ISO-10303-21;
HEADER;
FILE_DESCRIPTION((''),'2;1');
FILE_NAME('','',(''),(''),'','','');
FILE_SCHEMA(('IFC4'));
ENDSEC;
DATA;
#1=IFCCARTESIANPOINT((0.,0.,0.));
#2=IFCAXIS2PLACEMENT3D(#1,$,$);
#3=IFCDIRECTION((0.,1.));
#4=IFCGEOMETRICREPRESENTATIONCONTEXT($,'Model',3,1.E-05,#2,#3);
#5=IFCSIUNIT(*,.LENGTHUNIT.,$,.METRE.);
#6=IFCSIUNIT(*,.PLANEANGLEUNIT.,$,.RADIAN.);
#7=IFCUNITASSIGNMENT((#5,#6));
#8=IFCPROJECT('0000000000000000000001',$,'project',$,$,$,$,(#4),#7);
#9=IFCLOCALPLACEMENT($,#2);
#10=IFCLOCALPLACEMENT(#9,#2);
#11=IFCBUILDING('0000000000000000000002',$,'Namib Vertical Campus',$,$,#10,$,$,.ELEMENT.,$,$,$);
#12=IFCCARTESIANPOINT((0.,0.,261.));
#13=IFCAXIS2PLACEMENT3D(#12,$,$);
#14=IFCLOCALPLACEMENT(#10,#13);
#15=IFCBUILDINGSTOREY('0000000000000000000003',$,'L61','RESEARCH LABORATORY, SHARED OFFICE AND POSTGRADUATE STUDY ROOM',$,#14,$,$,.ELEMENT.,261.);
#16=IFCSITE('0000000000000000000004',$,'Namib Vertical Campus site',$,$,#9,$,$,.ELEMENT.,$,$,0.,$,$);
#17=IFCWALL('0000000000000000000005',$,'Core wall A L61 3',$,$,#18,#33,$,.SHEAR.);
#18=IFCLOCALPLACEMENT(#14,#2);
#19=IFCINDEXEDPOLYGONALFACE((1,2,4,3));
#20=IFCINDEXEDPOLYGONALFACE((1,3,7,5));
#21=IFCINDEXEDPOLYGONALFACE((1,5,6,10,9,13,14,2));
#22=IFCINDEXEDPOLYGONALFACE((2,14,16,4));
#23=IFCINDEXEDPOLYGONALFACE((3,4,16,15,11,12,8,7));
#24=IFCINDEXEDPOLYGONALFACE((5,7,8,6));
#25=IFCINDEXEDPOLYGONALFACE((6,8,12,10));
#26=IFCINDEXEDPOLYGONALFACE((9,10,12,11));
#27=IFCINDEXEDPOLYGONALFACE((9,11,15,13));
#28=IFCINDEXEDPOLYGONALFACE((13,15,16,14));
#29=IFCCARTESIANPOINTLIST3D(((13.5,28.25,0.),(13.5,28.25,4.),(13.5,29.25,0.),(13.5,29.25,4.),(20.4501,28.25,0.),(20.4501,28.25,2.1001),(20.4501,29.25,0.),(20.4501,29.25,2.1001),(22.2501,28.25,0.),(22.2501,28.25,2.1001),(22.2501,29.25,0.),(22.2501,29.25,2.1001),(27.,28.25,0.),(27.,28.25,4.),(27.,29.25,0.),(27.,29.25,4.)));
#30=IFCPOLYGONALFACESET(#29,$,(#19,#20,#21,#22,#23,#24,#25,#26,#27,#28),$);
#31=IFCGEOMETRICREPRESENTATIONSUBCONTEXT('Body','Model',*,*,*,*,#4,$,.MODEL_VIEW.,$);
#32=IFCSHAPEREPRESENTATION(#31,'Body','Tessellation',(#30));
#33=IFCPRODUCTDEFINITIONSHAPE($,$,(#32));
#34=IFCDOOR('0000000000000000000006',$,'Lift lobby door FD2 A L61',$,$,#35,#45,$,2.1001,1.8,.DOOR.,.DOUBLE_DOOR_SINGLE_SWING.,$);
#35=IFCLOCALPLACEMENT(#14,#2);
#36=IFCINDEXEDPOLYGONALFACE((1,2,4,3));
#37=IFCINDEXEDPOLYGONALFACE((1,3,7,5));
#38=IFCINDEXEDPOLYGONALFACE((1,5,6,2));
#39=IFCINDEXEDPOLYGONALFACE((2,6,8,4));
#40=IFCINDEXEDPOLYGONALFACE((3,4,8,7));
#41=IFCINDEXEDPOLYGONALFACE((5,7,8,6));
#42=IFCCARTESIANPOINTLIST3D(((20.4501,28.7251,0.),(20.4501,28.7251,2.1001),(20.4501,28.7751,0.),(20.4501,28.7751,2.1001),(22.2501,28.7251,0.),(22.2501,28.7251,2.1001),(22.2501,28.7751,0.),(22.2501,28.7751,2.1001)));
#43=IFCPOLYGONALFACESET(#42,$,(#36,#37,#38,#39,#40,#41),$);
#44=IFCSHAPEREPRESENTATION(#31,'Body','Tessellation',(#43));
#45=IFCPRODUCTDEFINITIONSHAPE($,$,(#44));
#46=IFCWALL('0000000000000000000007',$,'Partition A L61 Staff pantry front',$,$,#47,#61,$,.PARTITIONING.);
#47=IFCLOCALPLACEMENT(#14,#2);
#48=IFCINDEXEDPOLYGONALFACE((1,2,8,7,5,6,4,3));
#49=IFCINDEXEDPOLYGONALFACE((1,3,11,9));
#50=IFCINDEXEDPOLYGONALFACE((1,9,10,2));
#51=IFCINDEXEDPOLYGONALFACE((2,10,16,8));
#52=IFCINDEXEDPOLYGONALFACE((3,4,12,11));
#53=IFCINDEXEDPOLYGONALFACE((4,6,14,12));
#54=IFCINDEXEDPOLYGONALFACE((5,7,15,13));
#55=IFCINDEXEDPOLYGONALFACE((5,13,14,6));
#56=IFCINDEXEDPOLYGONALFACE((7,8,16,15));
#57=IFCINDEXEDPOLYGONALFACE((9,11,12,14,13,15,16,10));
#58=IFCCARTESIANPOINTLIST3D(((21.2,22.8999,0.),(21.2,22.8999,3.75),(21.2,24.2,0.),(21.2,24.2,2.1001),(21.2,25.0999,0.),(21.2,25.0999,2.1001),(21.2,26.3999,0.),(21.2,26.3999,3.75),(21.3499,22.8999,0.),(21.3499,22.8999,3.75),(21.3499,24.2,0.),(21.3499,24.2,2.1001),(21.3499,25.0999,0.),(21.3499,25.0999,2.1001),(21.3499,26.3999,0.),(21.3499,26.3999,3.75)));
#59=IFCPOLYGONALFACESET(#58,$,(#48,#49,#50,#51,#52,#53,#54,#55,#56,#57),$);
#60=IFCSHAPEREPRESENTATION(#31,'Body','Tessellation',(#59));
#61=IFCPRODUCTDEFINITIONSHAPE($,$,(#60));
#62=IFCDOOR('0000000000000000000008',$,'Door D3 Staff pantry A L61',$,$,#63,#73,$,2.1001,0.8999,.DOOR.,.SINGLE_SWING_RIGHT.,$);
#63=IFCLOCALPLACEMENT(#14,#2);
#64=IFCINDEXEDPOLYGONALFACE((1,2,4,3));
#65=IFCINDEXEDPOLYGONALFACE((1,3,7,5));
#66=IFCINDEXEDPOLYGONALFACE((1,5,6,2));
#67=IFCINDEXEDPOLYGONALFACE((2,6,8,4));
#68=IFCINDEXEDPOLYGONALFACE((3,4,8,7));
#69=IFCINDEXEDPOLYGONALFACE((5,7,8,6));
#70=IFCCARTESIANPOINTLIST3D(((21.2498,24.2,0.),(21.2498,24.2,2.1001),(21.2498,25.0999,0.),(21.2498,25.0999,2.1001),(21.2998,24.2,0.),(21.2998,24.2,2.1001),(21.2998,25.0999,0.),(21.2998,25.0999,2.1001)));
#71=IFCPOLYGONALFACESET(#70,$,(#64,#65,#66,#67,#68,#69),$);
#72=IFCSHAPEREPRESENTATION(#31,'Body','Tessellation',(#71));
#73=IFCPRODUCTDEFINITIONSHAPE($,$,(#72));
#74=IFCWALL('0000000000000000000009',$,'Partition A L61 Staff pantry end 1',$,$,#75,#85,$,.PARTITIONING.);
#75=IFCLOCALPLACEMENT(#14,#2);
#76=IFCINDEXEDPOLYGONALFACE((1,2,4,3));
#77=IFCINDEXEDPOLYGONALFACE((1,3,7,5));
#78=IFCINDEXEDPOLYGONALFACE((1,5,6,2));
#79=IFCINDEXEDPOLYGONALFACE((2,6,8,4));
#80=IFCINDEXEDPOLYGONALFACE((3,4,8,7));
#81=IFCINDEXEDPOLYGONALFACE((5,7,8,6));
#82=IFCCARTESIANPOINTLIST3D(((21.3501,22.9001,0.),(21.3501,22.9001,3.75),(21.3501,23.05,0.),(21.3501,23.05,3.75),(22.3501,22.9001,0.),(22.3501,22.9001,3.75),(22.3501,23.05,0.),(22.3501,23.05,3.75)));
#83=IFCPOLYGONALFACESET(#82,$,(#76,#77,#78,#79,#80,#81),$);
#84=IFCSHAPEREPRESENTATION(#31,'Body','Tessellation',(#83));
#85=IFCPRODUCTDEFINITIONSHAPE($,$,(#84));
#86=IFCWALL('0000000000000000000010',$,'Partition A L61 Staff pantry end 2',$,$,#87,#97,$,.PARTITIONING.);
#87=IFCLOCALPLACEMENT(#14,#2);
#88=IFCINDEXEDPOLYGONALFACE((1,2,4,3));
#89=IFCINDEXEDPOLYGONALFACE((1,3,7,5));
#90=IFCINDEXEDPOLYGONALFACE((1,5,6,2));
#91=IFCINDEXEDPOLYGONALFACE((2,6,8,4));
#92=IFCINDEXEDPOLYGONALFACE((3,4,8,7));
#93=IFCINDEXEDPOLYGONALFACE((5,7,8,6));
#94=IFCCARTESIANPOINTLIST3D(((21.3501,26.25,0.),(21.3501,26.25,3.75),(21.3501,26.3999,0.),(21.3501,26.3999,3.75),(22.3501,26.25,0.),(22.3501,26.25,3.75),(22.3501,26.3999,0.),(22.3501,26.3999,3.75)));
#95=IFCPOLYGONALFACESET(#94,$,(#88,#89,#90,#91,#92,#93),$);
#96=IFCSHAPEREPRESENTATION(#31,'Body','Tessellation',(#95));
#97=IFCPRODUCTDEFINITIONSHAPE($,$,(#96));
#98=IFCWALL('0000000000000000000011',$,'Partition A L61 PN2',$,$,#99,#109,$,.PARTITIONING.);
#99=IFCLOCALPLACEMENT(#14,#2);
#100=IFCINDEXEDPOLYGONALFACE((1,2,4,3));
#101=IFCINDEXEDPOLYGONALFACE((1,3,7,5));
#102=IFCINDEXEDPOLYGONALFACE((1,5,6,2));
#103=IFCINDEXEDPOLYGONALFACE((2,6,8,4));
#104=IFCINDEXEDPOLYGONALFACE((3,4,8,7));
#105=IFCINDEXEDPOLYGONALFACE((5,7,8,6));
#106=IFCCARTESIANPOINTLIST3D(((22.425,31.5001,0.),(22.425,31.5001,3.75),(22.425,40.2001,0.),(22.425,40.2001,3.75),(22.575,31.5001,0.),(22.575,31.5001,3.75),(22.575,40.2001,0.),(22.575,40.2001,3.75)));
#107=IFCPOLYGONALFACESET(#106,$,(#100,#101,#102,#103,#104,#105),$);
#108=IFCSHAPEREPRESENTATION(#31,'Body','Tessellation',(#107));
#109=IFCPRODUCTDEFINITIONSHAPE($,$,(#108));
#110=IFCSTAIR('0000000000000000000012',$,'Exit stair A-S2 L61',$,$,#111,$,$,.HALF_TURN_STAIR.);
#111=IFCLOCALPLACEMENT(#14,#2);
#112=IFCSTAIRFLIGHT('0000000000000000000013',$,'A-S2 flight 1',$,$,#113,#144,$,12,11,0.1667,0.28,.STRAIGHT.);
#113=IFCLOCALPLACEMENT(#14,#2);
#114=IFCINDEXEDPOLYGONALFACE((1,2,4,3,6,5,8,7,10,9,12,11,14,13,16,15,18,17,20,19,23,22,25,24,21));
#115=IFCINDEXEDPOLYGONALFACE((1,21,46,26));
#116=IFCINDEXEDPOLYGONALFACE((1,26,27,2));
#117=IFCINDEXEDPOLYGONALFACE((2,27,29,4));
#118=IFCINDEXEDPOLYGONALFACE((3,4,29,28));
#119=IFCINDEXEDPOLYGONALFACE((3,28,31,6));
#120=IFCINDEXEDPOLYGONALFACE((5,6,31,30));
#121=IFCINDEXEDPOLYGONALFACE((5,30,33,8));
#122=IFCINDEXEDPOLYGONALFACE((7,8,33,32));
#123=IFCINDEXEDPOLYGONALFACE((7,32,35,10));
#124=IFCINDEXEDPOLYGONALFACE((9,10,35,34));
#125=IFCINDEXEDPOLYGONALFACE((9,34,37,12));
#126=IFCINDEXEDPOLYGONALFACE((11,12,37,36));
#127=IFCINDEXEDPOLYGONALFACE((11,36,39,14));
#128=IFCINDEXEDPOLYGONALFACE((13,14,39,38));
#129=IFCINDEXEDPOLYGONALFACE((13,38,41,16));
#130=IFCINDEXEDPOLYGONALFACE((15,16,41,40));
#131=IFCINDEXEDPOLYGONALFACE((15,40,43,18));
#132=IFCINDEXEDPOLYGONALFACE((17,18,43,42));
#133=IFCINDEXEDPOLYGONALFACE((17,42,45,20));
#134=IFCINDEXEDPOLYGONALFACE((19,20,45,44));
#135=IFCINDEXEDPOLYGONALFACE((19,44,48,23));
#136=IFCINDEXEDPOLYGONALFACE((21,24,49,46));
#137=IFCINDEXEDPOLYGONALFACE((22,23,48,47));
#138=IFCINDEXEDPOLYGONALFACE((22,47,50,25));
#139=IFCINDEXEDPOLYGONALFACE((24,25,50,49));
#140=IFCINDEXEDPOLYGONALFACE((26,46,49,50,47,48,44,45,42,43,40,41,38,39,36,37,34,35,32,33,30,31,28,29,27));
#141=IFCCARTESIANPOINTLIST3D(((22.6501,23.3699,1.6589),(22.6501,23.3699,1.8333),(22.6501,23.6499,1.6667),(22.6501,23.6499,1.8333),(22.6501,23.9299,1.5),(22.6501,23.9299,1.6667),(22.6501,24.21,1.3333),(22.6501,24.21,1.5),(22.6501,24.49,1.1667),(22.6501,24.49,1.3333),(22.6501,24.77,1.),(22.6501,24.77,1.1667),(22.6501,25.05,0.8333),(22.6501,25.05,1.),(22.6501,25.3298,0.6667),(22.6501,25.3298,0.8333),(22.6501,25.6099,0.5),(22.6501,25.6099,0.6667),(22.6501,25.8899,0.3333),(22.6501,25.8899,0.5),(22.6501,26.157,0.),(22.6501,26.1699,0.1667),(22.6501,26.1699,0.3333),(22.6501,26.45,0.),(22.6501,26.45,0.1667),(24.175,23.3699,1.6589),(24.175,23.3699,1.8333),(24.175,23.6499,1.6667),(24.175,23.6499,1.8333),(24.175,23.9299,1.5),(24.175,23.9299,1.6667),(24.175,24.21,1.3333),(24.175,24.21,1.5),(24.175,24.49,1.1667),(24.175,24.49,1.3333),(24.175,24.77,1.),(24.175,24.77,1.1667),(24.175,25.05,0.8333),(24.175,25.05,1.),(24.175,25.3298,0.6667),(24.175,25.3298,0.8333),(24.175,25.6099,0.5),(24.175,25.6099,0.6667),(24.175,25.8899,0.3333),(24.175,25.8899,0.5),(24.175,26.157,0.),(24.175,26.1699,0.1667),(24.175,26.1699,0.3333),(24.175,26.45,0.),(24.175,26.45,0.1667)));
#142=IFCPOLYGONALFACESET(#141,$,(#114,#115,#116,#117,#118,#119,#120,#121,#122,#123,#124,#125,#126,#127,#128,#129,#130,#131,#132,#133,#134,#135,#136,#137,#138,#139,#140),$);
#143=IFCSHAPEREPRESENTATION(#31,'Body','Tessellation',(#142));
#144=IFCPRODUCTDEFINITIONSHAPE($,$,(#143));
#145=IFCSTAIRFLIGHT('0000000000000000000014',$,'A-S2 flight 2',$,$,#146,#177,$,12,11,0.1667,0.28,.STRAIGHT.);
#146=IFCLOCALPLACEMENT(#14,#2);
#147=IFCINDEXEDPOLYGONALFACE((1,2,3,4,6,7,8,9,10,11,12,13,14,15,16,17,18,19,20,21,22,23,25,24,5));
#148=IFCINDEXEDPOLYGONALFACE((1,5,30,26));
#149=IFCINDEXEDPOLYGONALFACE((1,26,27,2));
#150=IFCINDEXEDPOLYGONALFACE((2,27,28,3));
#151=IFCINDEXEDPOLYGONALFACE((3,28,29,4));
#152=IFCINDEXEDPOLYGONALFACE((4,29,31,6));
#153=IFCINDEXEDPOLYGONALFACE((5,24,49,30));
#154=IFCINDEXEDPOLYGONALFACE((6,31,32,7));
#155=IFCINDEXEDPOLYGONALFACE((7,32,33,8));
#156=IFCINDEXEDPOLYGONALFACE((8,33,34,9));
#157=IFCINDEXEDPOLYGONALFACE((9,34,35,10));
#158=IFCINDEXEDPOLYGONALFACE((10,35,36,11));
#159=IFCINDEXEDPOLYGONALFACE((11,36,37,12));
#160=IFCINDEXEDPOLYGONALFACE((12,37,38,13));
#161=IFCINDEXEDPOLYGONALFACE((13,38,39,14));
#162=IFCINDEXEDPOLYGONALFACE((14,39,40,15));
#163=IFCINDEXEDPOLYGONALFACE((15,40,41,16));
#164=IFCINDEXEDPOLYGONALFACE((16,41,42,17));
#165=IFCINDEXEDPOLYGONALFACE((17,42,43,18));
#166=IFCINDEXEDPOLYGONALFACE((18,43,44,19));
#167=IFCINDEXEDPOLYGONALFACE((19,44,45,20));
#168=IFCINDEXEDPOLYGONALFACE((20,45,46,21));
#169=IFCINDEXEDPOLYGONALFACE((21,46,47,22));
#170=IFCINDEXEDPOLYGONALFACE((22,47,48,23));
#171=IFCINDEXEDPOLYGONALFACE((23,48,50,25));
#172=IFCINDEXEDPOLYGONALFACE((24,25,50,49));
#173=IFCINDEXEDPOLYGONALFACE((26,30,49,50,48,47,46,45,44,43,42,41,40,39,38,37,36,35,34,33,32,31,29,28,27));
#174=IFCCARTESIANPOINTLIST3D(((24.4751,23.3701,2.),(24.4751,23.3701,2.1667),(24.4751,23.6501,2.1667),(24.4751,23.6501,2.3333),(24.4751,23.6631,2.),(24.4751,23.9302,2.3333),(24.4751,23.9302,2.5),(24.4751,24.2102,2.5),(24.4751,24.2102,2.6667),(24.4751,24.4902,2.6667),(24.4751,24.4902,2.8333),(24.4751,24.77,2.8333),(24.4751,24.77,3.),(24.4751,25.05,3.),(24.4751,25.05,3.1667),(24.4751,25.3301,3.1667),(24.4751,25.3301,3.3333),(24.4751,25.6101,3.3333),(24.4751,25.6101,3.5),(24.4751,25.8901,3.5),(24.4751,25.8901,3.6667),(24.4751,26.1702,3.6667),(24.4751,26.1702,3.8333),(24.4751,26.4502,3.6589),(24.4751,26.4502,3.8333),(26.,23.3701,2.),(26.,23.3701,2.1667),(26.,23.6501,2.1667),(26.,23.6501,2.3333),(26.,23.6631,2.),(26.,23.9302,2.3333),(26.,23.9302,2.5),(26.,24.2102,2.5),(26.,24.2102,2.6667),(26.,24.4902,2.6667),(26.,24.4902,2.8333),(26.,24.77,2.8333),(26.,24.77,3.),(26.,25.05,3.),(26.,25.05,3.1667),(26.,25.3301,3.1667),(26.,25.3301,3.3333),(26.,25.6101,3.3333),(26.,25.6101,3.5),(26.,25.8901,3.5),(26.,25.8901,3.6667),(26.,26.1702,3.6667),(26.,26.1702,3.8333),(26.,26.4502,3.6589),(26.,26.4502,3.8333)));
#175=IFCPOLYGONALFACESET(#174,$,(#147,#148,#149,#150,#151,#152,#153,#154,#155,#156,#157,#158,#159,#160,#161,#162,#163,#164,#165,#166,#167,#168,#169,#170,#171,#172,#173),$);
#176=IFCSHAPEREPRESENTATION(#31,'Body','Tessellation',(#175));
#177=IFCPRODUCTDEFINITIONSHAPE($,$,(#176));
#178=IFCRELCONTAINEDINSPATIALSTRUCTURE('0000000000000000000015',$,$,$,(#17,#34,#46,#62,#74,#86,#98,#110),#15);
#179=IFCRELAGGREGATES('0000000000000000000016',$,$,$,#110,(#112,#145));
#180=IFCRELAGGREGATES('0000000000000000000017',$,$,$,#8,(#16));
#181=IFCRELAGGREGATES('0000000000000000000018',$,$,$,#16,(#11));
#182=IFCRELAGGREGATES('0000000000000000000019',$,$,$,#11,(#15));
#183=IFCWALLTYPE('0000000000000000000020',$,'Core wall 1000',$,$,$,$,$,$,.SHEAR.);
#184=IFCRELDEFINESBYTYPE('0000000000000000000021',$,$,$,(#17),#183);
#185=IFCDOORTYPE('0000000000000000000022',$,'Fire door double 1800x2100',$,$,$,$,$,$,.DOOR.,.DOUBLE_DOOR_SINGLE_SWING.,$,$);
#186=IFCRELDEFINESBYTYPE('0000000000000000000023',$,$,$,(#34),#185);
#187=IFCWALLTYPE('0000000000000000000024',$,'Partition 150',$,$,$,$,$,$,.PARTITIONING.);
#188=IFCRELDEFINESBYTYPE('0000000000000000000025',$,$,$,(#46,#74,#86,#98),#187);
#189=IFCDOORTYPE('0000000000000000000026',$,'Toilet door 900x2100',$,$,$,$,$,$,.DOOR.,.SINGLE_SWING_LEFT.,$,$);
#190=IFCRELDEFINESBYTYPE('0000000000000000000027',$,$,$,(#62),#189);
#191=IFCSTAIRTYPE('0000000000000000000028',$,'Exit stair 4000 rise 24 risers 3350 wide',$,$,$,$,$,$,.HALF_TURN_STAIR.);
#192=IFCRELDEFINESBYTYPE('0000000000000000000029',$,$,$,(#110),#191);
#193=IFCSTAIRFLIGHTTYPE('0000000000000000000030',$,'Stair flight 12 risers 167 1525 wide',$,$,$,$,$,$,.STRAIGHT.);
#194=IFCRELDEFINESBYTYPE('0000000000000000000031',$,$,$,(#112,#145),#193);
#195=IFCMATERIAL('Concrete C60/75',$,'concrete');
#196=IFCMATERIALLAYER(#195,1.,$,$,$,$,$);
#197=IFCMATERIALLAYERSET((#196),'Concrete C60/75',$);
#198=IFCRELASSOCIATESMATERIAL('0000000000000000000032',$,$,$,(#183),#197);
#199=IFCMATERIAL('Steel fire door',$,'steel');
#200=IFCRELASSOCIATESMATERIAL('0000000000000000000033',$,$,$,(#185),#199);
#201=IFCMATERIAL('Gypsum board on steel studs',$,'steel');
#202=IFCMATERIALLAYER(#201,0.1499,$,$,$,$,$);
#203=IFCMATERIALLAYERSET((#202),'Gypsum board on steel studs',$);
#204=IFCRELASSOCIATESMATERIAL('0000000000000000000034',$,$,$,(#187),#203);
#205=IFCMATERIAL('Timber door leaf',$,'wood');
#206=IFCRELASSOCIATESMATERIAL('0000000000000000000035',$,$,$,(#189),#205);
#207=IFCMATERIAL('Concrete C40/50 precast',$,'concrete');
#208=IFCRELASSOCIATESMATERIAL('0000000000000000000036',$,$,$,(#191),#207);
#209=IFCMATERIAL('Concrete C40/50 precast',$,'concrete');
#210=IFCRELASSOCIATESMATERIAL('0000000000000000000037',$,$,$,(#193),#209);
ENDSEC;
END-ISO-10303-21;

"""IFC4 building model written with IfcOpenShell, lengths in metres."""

from ifc_helpers import new_model, si_unit, direction, frame, frame_2d, origin, place, context, subcontext, project, spatial, polyline, rectangle, outline, extrude, material, layer, layer_set, type_object, element, fill, aggregate, save


model = new_model("IFC4")

# Units and contexts
model_context = context("Model", 3, precision=1e-05, world=origin(), true_north=direction((0.0, 1.0)))
body_context = subcontext(model_context, "Body", "Model", "MODEL_VIEW")
ifc_project = project(units=[si_unit("LENGTHUNIT", "METRE"), si_unit("PLANEANGLEUNIT", "RADIAN")], contexts=[model_context])

# Site, building, storey
site_placement = place(None, origin())
site = spatial("IfcSite", under=ifc_project, at=site_placement, Name="Namib Vertical Campus site", CompositionType="ELEMENT", RefElevation=0.0)
building_placement = place(site_placement, origin())
building = spatial("IfcBuilding", under=site, at=building_placement, Name="Namib Vertical Campus", CompositionType="ELEMENT")
storey_placement = place(building_placement, frame((0.0, 0.0, 261.0)))
storey = spatial("IfcBuildingStorey", under=building, at=storey_placement, Name="L61", Description="RESEARCH LABORATORY, SHARED OFFICE AND POSTGRADUATE STUDY ROOM", CompositionType="ELEMENT", Elevation=261.0)

# Walls, openings, doors
ifc_material_1 = material(Name="Concrete C60/75", Category="concrete")
ifc_layer_1 = layer(ifc_material_1, 1.0)
ifc_layer_set_1 = layer_set([ifc_layer_1], Name="Concrete C60/75")
wall_type_1 = type_object("IfcWallType", Name="Core wall 1000", PredefinedType="SHEAR", material=ifc_layer_set_1)
wall_1_placement = place(storey_placement, frame((27.0, 28.75, 0.0), z_axis=(0.0, 0.0, 1.0), x_axis=(-1.0, 0.0, 0.0)))
wall_1 = element("IfcWall", 1, at=wall_1_placement, inside=storey, type_object=wall_type_1, Name="Core wall A L61 3", PredefinedType="SHEAR", context=body_context, shape_type="SweptSolid", body=[
    extrude(rectangle(XDim=13.5, YDim=1.0, at=frame_2d((6.75, 0.0))), origin(), (0.0, 0.0, 1.0), 4.0),
])
opening_1_placement = place(wall_1_placement, frame((4.75, 0.0, 0.0)))
opening_1 = element("IfcOpeningElement", 2, at=opening_1_placement, cuts=wall_1, PredefinedType="OPENING", context=body_context, shape_type="SweptSolid", body=[
    extrude(rectangle(XDim=1.8, YDim=2.1001, at=frame_2d((0.8999, 1.05))), frame((0.0, 0.51, 0.0), z_axis=(0.0, -1.0, 0.0), x_axis=(1.0, 0.0, 0.0)), (0.0, 0.0, 1.0), 1.02),
])
ifc_material_2 = material(Name="Steel fire door", Category="steel")
door_type_1 = type_object("IfcDoorType", Name="Fire door double 1800x2100", OperationType="DOUBLE_DOOR_SINGLE_SWING", PredefinedType="DOOR", material=ifc_material_2)
door_1_placement = place(opening_1_placement, origin())
door_1 = element("IfcDoor", 3, at=door_1_placement, inside=storey, type_object=door_type_1, Name="Lift lobby door FD2 A L61", OperationType="DOUBLE_DOOR_SINGLE_SWING", OverallHeight=2.1001, OverallWidth=1.8, PredefinedType="DOOR", context=body_context, shape_type="SweptSolid", body=[
    extrude(rectangle(XDim=1.8, YDim=2.1001, at=frame_2d((0.8999, 1.05))), frame((0.0, 0.0249, 0.0), z_axis=(0.0, -1.0, 0.0), x_axis=(1.0, 0.0, 0.0)), (0.0, 0.0, 1.0), 0.05),
])
fill(opening_1, door_1)
ifc_material_3 = material(Name="Gypsum board on steel studs", Category="steel")
ifc_layer_2 = layer(ifc_material_3, 0.1499)
ifc_layer_set_2 = layer_set([ifc_layer_2], Name="Gypsum board on steel studs")
wall_type_2 = type_object("IfcWallType", Name="Partition 150", PredefinedType="PARTITIONING", material=ifc_layer_set_2)
wall_2_placement = place(storey_placement, frame((21.2749, 22.8999, 0.0), z_axis=(0.0, 0.0, 1.0), x_axis=(0.0, 1.0, 0.0)))
wall_2 = element("IfcWall", 4, at=wall_2_placement, inside=storey, type_object=wall_type_2, Name="Partition A L61 Staff pantry front", PredefinedType="PARTITIONING", context=body_context, shape_type="SweptSolid", body=[
    extrude(rectangle(XDim=3.5, YDim=0.1499, at=frame_2d((1.75, 0.0))), origin(), (0.0, 0.0, 1.0), 3.75),
])
opening_2_placement = place(wall_2_placement, frame((1.3, 0.0, 0.0)))
opening_2 = element("IfcOpeningElement", 5, at=opening_2_placement, cuts=wall_2, PredefinedType="OPENING", context=body_context, shape_type="SweptSolid", body=[
    extrude(rectangle(XDim=0.8999, YDim=2.1001, at=frame_2d((0.45, 1.05))), frame((0.0, 0.085, 0.0), z_axis=(0.0, -1.0, 0.0), x_axis=(1.0, 0.0, 0.0)), (0.0, 0.0, 1.0), 0.1699),
])
ifc_material_4 = material(Name="Timber door leaf", Category="wood")
door_type_2 = type_object("IfcDoorType", Name="Toilet door 900x2100", OperationType="SINGLE_SWING_LEFT", PredefinedType="DOOR", material=ifc_material_4)
door_2_placement = place(opening_2_placement, frame((0.8999, 0.0, 0.0), z_axis=(0.0, 0.0, 1.0), x_axis=(-1.0, 0.0, 0.0)))
door_2 = element("IfcDoor", 6, at=door_2_placement, inside=storey, type_object=door_type_2, Name="Door D3 Staff pantry A L61", OperationType="SINGLE_SWING_RIGHT", OverallHeight=2.1001, OverallWidth=0.8999, PredefinedType="DOOR", context=body_context, shape_type="SweptSolid", body=[
    extrude(rectangle(XDim=0.8999, YDim=2.1001, at=frame_2d((0.45, 1.05))), frame((0.0, 0.0249, 0.0), z_axis=(0.0, -1.0, 0.0), x_axis=(1.0, 0.0, 0.0)), (0.0, 0.0, 1.0), 0.05),
])
fill(opening_2, door_2)

# Walls
for number, where, z_axis, x_axis, name in (
    (7, (21.3501, 22.9751, 0.0), (0.0, 0.0, 1.0), (1.0, 0.0, 0.0), "Partition A L61 Staff pantry end 1"),
    (8, (21.3501, 26.325, 0.0), (0.0, 0.0, 1.0), (1.0, 0.0, 0.0), "Partition A L61 Staff pantry end 2"),
):
    element("IfcWall", number, at=place(storey_placement, frame(where, z_axis=z_axis, x_axis=x_axis)), inside=storey, type_object=wall_type_2, Name=name, PredefinedType="PARTITIONING", context=body_context, shape_type="SweptSolid", body=[
        extrude(rectangle(XDim=1.0, YDim=0.1499, at=frame_2d((0.5, 0.0))), origin(), (0.0, 0.0, 1.0), 3.75),
    ])
wall_3_placement = place(storey_placement, frame((22.5, 31.5, 0.0), z_axis=(0.0, 0.0, 1.0), x_axis=(0.0, 1.0, 0.0)))
element("IfcWall", 9, at=wall_3_placement, inside=storey, type_object=wall_type_2, Name="Partition A L61 PN2", PredefinedType="PARTITIONING", context=body_context, shape_type="SweptSolid", body=[
    extrude(rectangle(XDim=8.7, YDim=0.1499, at=frame_2d((4.3501, 0.0))), origin(), (0.0, 0.0, 1.0), 3.75),
])

# Stair, stair flights
ifc_material_5 = material(Name="Concrete C40/50 precast", Category="concrete")
stair_type = type_object("IfcStairType", Name="Exit stair 4000 rise 24 risers 3350 wide", PredefinedType="HALF_TURN_STAIR", material=ifc_material_5)
stair_placement = place(storey_placement, origin())
stair = element("IfcStair", 10, at=stair_placement, inside=storey, type_object=stair_type, Name="Exit stair A-S2 L61", PredefinedType="HALF_TURN_STAIR")
ifc_material_6 = material(Name="Concrete C40/50 precast", Category="concrete")
stair_flight_type = type_object("IfcStairFlightType", Name="Stair flight 12 risers 167 1525 wide", PredefinedType="STRAIGHT", material=ifc_material_6)
stair_flight_1_placement = place(storey_placement, frame((23.4126, 26.45, 0.0), z_axis=(0.0, 0.0, 1.0), x_axis=(0.0, -1.0, 0.0)))
stair_flight_1 = element("IfcStairFlight", 11, at=stair_flight_1_placement, type_object=stair_flight_type, Name="A-S2 flight 1", NumberOfRisers=12, NumberOfTreads=11, PredefinedType="STRAIGHT", RiserHeight=0.1667, TreadLength=0.28, context=body_context, shape_type="SweptSolid", body=[
    extrude(outline(polyline([(0.0, 0.0), (0.0, 0.1667), (0.28, 0.1667), (0.28, 0.3333), (0.5601, 0.3333), (0.5601, 0.5), (0.8401, 0.5), (0.8401, 0.6667), (1.1201, 0.6667), (1.1201, 0.8333), (1.3999, 0.8333), (1.3999, 1.0), (1.6799, 1.0), (1.6799, 1.1667), (1.96, 1.1667), (1.96, 1.3333), (2.24, 1.3333), (2.24, 1.5), (2.52, 1.5), (2.52, 1.6667), (2.8, 1.6667), (2.8, 1.8333), (3.0801, 1.8333), (3.0801, 2.0), (3.0801, 1.6589), (0.293, 0.0), (0.0, 0.0)])), frame((0.0, 0.7625, 0.0), z_axis=(0.0, -1.0, 0.0), x_axis=(1.0, 0.0, 0.0)), (0.0, 0.0, 1.0), 1.5249),
])
stair_flight_2_placement = place(storey_placement, frame((25.2375, 23.3701, 2.0), z_axis=(0.0, 0.0, 1.0), x_axis=(0.0, 1.0, 0.0)))
stair_flight_2 = element("IfcStairFlight", 12, at=stair_flight_2_placement, type_object=stair_flight_type, Name="A-S2 flight 2", NumberOfRisers=12, NumberOfTreads=11, PredefinedType="STRAIGHT", RiserHeight=0.1667, TreadLength=0.28, context=body_context, shape_type="SweptSolid", body=[
    extrude(outline(polyline([(0.0, 0.0), (0.0, 0.1667), (0.28, 0.1667), (0.28, 0.3333), (0.5601, 0.3333), (0.5601, 0.5), (0.8401, 0.5), (0.8401, 0.6667), (1.1201, 0.6667), (1.1201, 0.8333), (1.3999, 0.8333), (1.3999, 1.0), (1.6799, 1.0), (1.6799, 1.1667), (1.96, 1.1667), (1.96, 1.3333), (2.24, 1.3333), (2.24, 1.5), (2.52, 1.5), (2.52, 1.6667), (2.8, 1.6667), (2.8, 1.8333), (3.0801, 1.8333), (3.0801, 2.0), (3.0801, 1.6589), (0.293, 0.0), (0.0, 0.0)])), frame((0.0, 0.7625, 0.0), z_axis=(0.0, -1.0, 0.0), x_axis=(1.0, 0.0, 0.0)), (0.0, 0.0, 1.0), 1.5249),
])
aggregate(stair, [stair_flight_1, stair_flight_2])

save(model, "model.ifc")
